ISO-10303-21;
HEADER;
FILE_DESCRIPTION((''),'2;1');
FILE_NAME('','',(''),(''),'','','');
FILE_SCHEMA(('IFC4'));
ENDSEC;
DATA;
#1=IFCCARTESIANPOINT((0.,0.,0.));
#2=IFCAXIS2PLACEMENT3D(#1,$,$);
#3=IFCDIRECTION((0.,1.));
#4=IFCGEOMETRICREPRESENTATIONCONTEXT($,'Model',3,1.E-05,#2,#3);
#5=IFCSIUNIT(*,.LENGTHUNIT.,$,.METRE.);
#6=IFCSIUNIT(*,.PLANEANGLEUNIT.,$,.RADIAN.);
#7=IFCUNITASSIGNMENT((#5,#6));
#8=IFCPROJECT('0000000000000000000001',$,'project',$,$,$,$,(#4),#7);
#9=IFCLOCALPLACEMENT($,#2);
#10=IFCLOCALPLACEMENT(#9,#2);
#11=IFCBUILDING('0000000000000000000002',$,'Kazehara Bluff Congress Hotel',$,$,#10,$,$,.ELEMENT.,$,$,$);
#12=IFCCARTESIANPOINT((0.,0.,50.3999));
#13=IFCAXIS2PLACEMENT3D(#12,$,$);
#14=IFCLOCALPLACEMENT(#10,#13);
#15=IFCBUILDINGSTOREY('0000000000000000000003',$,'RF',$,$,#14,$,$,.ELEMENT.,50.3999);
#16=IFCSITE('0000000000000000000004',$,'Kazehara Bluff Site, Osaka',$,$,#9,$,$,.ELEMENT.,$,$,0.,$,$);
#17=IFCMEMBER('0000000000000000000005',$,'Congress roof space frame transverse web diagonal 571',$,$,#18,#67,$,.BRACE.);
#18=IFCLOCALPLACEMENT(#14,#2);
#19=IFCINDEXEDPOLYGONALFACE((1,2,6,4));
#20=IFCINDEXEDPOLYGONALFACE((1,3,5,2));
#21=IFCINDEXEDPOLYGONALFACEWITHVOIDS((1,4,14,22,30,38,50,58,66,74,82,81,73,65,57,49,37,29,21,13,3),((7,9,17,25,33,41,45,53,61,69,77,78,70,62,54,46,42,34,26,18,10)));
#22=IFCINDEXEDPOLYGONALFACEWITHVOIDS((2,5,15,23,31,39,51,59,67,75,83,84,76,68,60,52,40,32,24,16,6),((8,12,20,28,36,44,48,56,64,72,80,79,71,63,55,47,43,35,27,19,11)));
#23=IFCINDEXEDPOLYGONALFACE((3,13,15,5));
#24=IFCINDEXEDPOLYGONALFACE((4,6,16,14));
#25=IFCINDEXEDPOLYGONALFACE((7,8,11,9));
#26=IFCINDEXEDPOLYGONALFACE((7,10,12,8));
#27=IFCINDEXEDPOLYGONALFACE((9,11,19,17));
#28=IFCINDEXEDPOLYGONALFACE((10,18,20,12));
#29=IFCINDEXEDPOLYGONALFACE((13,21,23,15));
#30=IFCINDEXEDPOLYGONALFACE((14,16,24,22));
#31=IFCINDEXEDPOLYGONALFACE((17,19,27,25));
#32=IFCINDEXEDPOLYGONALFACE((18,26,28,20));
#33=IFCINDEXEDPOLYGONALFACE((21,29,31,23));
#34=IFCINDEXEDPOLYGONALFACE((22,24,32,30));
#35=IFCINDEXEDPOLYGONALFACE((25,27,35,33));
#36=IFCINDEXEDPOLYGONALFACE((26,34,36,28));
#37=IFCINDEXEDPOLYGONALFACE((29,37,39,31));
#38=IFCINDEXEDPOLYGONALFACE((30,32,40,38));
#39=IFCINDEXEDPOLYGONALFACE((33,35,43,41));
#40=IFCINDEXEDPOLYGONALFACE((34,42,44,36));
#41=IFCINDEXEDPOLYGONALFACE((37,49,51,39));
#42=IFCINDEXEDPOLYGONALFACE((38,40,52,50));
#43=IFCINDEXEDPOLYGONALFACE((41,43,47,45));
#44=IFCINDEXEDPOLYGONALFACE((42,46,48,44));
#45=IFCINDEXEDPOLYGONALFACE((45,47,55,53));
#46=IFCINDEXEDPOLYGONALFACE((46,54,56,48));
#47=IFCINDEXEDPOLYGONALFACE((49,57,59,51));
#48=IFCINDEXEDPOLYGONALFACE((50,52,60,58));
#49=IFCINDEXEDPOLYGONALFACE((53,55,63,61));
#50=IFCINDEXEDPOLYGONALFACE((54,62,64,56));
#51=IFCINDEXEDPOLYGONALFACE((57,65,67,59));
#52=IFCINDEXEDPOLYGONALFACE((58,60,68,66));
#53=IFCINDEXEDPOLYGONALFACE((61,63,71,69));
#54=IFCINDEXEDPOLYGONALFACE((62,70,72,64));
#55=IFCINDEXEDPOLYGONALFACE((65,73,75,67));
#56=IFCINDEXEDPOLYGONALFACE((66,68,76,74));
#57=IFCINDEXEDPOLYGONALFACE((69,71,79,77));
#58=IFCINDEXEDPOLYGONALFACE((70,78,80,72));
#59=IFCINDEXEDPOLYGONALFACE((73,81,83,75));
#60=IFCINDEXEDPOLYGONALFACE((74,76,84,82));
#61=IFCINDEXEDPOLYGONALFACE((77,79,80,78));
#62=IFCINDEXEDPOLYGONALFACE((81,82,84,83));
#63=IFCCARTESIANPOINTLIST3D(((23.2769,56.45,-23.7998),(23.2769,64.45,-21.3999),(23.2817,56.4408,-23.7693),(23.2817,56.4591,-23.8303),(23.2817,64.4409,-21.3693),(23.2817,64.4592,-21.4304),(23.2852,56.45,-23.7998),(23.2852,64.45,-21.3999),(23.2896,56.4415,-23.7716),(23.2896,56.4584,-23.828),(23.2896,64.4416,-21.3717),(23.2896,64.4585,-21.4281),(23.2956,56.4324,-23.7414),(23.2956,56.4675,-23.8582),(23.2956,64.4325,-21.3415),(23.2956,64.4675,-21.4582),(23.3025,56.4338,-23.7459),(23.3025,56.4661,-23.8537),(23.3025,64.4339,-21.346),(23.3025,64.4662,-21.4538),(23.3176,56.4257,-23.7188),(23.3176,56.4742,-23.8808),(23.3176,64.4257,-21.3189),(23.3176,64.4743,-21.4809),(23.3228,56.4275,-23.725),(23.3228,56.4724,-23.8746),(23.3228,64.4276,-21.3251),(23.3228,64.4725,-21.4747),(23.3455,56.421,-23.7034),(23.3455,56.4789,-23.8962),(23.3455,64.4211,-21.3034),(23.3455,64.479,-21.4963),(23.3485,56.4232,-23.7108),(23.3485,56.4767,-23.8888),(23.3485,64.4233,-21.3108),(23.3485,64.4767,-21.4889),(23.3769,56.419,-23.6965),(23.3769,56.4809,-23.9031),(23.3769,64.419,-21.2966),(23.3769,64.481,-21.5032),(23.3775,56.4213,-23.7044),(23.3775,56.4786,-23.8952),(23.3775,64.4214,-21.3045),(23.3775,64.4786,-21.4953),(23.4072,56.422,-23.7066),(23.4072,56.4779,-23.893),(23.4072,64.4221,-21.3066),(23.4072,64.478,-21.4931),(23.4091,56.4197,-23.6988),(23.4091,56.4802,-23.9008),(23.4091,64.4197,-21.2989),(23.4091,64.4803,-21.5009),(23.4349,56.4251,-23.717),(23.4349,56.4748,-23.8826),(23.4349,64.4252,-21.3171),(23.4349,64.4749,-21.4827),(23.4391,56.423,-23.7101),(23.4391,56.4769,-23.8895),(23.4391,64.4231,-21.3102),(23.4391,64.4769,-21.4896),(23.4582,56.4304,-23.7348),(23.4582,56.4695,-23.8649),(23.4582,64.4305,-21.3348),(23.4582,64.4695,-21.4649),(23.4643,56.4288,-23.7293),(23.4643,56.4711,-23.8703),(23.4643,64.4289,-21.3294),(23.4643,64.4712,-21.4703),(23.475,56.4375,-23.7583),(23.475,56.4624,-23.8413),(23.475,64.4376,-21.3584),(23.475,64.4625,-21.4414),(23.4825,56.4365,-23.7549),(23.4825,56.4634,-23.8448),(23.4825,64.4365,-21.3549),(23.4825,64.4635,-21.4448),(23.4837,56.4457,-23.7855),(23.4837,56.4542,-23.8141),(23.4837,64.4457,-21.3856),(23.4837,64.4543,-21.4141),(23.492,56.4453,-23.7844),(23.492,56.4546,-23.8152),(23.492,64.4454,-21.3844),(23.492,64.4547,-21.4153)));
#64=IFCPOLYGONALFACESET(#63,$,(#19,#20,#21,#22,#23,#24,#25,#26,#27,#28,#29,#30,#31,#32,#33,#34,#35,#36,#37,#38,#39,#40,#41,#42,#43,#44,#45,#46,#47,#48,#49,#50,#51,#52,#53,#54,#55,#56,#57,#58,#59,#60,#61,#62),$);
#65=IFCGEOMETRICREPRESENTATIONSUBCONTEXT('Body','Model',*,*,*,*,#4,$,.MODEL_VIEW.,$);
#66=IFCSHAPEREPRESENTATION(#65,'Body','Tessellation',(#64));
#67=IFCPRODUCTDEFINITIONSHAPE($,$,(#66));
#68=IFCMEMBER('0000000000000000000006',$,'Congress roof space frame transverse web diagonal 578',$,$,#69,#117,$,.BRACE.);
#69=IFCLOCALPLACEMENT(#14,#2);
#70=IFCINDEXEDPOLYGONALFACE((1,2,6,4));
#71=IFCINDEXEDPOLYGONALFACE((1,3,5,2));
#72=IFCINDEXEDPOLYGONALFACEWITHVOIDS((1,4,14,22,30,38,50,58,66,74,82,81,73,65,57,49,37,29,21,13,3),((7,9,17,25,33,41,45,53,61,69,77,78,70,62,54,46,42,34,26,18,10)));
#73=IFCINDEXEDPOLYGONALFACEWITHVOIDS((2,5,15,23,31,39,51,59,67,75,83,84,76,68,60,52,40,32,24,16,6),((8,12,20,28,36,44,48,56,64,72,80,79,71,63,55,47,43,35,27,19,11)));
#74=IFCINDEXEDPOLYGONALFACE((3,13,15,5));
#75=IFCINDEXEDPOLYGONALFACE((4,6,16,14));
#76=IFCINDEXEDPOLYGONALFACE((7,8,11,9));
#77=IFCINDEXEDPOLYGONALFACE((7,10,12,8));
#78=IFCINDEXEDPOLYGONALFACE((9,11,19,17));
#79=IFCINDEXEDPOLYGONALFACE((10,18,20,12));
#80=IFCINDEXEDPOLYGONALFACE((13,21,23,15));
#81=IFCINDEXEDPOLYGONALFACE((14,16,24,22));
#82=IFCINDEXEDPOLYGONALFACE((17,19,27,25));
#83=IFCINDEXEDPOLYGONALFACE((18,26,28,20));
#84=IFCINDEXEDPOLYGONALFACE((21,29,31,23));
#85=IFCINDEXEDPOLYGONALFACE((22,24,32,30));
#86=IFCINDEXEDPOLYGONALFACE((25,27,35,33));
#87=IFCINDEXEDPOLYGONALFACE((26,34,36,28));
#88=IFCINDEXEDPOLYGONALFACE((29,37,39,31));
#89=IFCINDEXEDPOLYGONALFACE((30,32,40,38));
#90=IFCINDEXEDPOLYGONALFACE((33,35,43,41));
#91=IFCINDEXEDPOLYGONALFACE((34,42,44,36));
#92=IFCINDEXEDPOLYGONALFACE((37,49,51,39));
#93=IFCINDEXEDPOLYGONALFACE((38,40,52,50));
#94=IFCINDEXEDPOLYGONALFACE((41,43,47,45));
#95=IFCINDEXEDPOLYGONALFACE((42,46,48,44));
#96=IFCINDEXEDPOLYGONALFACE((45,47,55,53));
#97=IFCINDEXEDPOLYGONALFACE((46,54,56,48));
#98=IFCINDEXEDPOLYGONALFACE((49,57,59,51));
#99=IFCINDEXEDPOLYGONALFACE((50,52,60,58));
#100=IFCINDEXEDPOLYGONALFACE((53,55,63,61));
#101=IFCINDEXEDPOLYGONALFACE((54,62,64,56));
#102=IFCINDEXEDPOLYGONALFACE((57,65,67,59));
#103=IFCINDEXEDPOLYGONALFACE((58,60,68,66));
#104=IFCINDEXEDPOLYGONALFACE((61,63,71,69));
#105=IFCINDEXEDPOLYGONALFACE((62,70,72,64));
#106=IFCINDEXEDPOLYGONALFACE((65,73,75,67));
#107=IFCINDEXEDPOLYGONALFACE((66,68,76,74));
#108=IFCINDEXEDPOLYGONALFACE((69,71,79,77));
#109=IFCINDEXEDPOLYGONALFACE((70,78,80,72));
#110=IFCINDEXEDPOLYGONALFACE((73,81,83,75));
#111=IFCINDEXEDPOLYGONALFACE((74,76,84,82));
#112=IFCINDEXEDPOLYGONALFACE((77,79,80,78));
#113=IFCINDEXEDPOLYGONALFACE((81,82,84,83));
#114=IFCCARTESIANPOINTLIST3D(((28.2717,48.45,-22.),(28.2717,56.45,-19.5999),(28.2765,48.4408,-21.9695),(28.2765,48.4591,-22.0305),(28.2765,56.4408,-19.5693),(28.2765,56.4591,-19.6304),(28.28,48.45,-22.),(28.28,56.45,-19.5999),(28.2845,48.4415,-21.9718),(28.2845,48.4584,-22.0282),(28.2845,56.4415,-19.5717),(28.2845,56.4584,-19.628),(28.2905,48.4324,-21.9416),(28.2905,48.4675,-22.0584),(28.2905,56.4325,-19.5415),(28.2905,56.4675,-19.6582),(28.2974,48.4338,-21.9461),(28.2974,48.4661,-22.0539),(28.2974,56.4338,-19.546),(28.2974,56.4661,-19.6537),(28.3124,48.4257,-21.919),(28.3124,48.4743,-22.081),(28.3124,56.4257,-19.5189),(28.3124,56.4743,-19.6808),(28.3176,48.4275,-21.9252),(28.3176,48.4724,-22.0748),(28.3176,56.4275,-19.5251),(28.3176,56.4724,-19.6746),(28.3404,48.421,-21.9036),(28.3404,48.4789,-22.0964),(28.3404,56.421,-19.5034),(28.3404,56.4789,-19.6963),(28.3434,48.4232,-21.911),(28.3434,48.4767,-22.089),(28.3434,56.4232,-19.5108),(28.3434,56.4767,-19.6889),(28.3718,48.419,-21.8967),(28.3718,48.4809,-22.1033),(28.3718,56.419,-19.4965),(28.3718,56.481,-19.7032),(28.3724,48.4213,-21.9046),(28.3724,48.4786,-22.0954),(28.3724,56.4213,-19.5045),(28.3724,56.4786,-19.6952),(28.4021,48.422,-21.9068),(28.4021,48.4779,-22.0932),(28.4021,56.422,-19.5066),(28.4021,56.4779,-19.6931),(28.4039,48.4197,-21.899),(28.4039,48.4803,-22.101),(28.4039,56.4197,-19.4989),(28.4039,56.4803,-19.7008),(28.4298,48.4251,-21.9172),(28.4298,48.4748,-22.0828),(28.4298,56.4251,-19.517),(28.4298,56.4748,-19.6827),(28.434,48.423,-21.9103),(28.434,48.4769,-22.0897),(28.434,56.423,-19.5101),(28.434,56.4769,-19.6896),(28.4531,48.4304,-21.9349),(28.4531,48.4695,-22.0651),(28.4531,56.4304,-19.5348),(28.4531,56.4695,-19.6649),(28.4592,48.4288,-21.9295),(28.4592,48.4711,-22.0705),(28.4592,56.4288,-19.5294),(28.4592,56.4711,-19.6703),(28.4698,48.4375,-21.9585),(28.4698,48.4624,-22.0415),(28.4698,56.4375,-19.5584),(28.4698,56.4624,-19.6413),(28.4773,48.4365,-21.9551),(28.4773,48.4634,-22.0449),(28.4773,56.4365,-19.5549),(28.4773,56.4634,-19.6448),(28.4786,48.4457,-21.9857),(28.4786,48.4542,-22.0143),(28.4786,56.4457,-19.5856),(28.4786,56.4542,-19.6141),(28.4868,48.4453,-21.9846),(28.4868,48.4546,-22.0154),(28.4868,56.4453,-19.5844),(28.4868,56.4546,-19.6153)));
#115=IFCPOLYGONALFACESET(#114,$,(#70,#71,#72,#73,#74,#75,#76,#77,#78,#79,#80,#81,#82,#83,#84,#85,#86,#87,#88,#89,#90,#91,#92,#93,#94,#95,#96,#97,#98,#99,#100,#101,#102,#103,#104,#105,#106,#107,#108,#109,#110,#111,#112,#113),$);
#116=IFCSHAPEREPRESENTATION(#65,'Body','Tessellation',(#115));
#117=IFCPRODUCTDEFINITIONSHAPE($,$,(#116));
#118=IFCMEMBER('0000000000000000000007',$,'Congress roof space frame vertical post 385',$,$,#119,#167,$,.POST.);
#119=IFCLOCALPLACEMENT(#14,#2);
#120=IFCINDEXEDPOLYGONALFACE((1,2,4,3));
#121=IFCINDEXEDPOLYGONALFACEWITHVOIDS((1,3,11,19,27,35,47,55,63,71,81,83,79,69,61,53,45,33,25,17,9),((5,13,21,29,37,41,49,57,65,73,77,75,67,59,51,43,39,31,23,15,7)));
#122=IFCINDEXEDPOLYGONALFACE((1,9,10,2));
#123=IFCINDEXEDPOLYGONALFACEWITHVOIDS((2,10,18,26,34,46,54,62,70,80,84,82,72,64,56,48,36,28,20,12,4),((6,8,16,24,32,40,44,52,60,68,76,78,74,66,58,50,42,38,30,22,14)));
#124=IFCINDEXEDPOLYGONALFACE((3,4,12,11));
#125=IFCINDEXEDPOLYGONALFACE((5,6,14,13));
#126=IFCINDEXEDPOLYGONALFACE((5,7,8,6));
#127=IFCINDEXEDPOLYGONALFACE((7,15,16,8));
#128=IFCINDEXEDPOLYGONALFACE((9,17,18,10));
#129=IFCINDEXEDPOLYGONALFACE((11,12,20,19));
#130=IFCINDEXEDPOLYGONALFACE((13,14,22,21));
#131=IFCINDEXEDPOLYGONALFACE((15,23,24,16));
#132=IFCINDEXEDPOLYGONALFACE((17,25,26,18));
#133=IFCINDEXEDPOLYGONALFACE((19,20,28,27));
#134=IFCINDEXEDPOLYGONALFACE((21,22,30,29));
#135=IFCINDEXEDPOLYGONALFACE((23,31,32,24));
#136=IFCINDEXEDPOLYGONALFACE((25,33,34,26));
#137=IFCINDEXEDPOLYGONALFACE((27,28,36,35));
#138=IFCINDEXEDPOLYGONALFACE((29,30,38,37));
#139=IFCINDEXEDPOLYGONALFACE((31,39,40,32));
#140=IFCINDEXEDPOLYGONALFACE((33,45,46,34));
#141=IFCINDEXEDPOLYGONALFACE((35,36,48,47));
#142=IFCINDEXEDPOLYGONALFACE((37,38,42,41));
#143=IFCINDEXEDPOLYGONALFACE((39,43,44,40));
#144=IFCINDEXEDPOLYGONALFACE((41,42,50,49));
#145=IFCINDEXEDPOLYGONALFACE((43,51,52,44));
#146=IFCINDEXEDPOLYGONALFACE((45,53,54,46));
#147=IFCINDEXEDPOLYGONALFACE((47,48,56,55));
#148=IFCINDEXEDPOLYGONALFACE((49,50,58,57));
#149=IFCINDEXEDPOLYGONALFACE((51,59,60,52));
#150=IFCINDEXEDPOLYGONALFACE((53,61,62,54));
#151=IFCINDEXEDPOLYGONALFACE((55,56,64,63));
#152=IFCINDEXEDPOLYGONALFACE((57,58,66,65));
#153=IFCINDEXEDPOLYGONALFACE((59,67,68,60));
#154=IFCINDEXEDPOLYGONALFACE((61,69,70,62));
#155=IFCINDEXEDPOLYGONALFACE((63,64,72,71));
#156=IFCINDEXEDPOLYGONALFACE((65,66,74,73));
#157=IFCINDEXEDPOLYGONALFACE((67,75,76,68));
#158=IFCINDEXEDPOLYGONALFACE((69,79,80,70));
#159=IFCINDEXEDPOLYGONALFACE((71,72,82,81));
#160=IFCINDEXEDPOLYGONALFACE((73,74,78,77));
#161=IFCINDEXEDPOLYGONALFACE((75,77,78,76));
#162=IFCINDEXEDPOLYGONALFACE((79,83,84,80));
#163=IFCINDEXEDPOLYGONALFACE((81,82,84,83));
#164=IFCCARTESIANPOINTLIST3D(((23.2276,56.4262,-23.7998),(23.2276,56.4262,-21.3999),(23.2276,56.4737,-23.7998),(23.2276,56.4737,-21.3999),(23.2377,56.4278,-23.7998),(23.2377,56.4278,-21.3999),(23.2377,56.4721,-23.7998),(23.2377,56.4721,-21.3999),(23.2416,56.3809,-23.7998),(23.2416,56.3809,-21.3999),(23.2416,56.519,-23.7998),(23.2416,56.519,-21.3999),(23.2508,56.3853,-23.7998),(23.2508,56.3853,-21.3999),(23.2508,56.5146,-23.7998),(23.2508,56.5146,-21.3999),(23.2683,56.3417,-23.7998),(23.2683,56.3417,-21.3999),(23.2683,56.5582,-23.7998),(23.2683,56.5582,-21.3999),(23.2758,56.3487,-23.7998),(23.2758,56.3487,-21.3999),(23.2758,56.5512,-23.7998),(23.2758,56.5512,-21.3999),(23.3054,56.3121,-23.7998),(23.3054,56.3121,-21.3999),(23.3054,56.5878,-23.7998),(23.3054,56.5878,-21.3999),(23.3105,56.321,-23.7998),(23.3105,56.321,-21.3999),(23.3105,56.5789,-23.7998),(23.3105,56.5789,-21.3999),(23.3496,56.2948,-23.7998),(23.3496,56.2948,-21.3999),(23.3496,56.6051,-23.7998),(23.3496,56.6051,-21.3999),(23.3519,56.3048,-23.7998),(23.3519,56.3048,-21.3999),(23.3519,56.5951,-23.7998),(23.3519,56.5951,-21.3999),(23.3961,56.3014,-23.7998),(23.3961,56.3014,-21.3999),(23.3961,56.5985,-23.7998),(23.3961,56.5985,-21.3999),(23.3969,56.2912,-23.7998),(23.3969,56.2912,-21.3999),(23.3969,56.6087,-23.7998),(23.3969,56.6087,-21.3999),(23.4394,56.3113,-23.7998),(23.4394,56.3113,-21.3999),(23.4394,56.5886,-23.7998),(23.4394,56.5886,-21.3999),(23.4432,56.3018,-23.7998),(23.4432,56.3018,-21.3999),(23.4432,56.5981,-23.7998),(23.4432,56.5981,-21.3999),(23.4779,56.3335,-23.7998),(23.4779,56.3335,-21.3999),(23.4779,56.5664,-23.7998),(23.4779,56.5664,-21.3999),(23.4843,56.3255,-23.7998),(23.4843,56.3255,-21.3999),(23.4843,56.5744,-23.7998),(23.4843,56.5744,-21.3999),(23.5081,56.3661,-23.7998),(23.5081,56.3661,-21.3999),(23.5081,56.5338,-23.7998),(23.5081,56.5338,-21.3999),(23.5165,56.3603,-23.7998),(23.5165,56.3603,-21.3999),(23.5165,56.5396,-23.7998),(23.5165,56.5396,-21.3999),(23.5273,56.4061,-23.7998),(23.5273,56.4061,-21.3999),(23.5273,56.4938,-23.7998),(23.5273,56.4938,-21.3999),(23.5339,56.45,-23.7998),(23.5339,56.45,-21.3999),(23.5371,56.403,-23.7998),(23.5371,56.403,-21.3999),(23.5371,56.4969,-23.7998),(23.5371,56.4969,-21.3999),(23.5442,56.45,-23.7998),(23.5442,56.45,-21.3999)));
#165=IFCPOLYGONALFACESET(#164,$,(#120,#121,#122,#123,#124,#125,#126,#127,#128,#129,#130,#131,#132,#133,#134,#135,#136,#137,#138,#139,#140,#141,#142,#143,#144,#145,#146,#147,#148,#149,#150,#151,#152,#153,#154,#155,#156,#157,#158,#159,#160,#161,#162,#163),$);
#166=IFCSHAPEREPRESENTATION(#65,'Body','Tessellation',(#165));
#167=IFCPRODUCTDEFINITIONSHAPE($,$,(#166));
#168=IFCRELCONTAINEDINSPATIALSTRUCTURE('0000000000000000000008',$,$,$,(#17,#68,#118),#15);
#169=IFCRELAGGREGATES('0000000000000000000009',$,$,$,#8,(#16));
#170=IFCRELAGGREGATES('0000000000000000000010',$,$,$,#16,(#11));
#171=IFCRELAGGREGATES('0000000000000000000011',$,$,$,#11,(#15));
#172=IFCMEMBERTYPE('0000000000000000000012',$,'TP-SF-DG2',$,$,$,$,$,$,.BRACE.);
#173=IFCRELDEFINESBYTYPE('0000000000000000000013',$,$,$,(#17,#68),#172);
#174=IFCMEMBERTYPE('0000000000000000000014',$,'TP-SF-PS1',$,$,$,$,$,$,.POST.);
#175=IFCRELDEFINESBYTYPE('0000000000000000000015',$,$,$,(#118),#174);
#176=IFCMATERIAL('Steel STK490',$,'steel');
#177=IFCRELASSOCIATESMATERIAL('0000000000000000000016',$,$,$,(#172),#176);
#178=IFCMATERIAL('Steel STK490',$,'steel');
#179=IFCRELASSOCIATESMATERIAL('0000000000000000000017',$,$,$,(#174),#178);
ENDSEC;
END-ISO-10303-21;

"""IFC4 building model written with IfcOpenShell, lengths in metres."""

from ifc_helpers import new_model, si_unit, direction, frame, origin, origin_2d, place, context, subcontext, project, spatial, hollow_circle, extrude, material, material_profile, profile_set, type_object, element, save


model = new_model("IFC4")

# Units and contexts
model_context = context("Model", 3, precision=1e-05, world=origin(), true_north=direction((0.0, 1.0)))
body_context = subcontext(model_context, "Body", "Model", "MODEL_VIEW")
ifc_project = project(units=[si_unit("LENGTHUNIT", "METRE"), si_unit("PLANEANGLEUNIT", "RADIAN")], contexts=[model_context])

# Site, building, storey
site_placement = place(None, origin())
site = spatial("IfcSite", under=ifc_project, at=site_placement, Name="Kazehara Bluff Site, Osaka", CompositionType="ELEMENT", RefElevation=0.0)
building_placement = place(site_placement, origin())
building = spatial("IfcBuilding", under=site, at=building_placement, Name="Kazehara Bluff Congress Hotel", CompositionType="ELEMENT")
storey_placement = place(building_placement, frame((0.0, 0.0, 50.3999)))
storey = spatial("IfcBuildingStorey", under=building, at=storey_placement, Name="RF", CompositionType="ELEMENT", Elevation=50.3999)

# Members
ifc_material_1 = material(Name="Steel STK490", Category="steel")
ifc_material_profile_1 = material_profile(ifc_material_1, hollow_circle(Radius=0.1082, WallThickness=0.0083, at=origin_2d()))
ifc_profile_set_1 = profile_set([ifc_material_profile_1], Name="Steel STK490")
member_type_1 = type_object("IfcMemberType", Name="TP-SF-DG2", PredefinedType="BRACE", material=ifc_profile_set_1)
for number, where, z_axis, x_axis, name in (
    (1, (23.385, 56.45, -23.7998), (0.0, 0.95783, 0.287337), (-1.0, 0.0, 0.0), "Congress roof space frame transverse web diagonal 571"),
    (2, (28.3799, 48.45, -22.0), (0.0, 0.957821, 0.287364), (-1.0, 0.0, 0.0), "Congress roof space frame transverse web diagonal 578"),
):
    element("IfcMember", number, at=place(storey_placement, frame(where, z_axis=z_axis, x_axis=x_axis)), inside=storey, type_object=member_type_1, Name=name, PredefinedType="BRACE", context=body_context, shape_type="SweptSolid", body=[
        extrude(hollow_circle(Radius=0.1082, WallThickness=0.0083, at=origin_2d()), origin(), (0.0, 0.0, 1.0), 8.3523),
    ])
ifc_material_2 = material(Name="Steel STK490", Category="steel")
ifc_material_profile_2 = material_profile(ifc_material_2, hollow_circle(Radius=0.1592, WallThickness=0.0103, at=origin_2d()))
ifc_profile_set_2 = profile_set([ifc_material_profile_2], Name="Steel STK490")
member_type_2 = type_object("IfcMemberType", Name="TP-SF-PS1", PredefinedType="POST", material=ifc_profile_set_2)
member_1_placement = place(storey_placement, frame((23.385, 56.45, -23.7998), z_axis=(0.0, 0.0, 1.0), x_axis=(1.0, 0.0, 0.0)))
element("IfcMember", 3, at=member_1_placement, inside=storey, type_object=member_type_2, Name="Congress roof space frame vertical post 385", PredefinedType="POST", context=body_context, shape_type="SweptSolid", body=[
    extrude(hollow_circle(Radius=0.1592, WallThickness=0.0103, at=origin_2d()), origin(), (0.0, 0.0, 1.0), 2.3999),
])

save(model, "model.ifc")
